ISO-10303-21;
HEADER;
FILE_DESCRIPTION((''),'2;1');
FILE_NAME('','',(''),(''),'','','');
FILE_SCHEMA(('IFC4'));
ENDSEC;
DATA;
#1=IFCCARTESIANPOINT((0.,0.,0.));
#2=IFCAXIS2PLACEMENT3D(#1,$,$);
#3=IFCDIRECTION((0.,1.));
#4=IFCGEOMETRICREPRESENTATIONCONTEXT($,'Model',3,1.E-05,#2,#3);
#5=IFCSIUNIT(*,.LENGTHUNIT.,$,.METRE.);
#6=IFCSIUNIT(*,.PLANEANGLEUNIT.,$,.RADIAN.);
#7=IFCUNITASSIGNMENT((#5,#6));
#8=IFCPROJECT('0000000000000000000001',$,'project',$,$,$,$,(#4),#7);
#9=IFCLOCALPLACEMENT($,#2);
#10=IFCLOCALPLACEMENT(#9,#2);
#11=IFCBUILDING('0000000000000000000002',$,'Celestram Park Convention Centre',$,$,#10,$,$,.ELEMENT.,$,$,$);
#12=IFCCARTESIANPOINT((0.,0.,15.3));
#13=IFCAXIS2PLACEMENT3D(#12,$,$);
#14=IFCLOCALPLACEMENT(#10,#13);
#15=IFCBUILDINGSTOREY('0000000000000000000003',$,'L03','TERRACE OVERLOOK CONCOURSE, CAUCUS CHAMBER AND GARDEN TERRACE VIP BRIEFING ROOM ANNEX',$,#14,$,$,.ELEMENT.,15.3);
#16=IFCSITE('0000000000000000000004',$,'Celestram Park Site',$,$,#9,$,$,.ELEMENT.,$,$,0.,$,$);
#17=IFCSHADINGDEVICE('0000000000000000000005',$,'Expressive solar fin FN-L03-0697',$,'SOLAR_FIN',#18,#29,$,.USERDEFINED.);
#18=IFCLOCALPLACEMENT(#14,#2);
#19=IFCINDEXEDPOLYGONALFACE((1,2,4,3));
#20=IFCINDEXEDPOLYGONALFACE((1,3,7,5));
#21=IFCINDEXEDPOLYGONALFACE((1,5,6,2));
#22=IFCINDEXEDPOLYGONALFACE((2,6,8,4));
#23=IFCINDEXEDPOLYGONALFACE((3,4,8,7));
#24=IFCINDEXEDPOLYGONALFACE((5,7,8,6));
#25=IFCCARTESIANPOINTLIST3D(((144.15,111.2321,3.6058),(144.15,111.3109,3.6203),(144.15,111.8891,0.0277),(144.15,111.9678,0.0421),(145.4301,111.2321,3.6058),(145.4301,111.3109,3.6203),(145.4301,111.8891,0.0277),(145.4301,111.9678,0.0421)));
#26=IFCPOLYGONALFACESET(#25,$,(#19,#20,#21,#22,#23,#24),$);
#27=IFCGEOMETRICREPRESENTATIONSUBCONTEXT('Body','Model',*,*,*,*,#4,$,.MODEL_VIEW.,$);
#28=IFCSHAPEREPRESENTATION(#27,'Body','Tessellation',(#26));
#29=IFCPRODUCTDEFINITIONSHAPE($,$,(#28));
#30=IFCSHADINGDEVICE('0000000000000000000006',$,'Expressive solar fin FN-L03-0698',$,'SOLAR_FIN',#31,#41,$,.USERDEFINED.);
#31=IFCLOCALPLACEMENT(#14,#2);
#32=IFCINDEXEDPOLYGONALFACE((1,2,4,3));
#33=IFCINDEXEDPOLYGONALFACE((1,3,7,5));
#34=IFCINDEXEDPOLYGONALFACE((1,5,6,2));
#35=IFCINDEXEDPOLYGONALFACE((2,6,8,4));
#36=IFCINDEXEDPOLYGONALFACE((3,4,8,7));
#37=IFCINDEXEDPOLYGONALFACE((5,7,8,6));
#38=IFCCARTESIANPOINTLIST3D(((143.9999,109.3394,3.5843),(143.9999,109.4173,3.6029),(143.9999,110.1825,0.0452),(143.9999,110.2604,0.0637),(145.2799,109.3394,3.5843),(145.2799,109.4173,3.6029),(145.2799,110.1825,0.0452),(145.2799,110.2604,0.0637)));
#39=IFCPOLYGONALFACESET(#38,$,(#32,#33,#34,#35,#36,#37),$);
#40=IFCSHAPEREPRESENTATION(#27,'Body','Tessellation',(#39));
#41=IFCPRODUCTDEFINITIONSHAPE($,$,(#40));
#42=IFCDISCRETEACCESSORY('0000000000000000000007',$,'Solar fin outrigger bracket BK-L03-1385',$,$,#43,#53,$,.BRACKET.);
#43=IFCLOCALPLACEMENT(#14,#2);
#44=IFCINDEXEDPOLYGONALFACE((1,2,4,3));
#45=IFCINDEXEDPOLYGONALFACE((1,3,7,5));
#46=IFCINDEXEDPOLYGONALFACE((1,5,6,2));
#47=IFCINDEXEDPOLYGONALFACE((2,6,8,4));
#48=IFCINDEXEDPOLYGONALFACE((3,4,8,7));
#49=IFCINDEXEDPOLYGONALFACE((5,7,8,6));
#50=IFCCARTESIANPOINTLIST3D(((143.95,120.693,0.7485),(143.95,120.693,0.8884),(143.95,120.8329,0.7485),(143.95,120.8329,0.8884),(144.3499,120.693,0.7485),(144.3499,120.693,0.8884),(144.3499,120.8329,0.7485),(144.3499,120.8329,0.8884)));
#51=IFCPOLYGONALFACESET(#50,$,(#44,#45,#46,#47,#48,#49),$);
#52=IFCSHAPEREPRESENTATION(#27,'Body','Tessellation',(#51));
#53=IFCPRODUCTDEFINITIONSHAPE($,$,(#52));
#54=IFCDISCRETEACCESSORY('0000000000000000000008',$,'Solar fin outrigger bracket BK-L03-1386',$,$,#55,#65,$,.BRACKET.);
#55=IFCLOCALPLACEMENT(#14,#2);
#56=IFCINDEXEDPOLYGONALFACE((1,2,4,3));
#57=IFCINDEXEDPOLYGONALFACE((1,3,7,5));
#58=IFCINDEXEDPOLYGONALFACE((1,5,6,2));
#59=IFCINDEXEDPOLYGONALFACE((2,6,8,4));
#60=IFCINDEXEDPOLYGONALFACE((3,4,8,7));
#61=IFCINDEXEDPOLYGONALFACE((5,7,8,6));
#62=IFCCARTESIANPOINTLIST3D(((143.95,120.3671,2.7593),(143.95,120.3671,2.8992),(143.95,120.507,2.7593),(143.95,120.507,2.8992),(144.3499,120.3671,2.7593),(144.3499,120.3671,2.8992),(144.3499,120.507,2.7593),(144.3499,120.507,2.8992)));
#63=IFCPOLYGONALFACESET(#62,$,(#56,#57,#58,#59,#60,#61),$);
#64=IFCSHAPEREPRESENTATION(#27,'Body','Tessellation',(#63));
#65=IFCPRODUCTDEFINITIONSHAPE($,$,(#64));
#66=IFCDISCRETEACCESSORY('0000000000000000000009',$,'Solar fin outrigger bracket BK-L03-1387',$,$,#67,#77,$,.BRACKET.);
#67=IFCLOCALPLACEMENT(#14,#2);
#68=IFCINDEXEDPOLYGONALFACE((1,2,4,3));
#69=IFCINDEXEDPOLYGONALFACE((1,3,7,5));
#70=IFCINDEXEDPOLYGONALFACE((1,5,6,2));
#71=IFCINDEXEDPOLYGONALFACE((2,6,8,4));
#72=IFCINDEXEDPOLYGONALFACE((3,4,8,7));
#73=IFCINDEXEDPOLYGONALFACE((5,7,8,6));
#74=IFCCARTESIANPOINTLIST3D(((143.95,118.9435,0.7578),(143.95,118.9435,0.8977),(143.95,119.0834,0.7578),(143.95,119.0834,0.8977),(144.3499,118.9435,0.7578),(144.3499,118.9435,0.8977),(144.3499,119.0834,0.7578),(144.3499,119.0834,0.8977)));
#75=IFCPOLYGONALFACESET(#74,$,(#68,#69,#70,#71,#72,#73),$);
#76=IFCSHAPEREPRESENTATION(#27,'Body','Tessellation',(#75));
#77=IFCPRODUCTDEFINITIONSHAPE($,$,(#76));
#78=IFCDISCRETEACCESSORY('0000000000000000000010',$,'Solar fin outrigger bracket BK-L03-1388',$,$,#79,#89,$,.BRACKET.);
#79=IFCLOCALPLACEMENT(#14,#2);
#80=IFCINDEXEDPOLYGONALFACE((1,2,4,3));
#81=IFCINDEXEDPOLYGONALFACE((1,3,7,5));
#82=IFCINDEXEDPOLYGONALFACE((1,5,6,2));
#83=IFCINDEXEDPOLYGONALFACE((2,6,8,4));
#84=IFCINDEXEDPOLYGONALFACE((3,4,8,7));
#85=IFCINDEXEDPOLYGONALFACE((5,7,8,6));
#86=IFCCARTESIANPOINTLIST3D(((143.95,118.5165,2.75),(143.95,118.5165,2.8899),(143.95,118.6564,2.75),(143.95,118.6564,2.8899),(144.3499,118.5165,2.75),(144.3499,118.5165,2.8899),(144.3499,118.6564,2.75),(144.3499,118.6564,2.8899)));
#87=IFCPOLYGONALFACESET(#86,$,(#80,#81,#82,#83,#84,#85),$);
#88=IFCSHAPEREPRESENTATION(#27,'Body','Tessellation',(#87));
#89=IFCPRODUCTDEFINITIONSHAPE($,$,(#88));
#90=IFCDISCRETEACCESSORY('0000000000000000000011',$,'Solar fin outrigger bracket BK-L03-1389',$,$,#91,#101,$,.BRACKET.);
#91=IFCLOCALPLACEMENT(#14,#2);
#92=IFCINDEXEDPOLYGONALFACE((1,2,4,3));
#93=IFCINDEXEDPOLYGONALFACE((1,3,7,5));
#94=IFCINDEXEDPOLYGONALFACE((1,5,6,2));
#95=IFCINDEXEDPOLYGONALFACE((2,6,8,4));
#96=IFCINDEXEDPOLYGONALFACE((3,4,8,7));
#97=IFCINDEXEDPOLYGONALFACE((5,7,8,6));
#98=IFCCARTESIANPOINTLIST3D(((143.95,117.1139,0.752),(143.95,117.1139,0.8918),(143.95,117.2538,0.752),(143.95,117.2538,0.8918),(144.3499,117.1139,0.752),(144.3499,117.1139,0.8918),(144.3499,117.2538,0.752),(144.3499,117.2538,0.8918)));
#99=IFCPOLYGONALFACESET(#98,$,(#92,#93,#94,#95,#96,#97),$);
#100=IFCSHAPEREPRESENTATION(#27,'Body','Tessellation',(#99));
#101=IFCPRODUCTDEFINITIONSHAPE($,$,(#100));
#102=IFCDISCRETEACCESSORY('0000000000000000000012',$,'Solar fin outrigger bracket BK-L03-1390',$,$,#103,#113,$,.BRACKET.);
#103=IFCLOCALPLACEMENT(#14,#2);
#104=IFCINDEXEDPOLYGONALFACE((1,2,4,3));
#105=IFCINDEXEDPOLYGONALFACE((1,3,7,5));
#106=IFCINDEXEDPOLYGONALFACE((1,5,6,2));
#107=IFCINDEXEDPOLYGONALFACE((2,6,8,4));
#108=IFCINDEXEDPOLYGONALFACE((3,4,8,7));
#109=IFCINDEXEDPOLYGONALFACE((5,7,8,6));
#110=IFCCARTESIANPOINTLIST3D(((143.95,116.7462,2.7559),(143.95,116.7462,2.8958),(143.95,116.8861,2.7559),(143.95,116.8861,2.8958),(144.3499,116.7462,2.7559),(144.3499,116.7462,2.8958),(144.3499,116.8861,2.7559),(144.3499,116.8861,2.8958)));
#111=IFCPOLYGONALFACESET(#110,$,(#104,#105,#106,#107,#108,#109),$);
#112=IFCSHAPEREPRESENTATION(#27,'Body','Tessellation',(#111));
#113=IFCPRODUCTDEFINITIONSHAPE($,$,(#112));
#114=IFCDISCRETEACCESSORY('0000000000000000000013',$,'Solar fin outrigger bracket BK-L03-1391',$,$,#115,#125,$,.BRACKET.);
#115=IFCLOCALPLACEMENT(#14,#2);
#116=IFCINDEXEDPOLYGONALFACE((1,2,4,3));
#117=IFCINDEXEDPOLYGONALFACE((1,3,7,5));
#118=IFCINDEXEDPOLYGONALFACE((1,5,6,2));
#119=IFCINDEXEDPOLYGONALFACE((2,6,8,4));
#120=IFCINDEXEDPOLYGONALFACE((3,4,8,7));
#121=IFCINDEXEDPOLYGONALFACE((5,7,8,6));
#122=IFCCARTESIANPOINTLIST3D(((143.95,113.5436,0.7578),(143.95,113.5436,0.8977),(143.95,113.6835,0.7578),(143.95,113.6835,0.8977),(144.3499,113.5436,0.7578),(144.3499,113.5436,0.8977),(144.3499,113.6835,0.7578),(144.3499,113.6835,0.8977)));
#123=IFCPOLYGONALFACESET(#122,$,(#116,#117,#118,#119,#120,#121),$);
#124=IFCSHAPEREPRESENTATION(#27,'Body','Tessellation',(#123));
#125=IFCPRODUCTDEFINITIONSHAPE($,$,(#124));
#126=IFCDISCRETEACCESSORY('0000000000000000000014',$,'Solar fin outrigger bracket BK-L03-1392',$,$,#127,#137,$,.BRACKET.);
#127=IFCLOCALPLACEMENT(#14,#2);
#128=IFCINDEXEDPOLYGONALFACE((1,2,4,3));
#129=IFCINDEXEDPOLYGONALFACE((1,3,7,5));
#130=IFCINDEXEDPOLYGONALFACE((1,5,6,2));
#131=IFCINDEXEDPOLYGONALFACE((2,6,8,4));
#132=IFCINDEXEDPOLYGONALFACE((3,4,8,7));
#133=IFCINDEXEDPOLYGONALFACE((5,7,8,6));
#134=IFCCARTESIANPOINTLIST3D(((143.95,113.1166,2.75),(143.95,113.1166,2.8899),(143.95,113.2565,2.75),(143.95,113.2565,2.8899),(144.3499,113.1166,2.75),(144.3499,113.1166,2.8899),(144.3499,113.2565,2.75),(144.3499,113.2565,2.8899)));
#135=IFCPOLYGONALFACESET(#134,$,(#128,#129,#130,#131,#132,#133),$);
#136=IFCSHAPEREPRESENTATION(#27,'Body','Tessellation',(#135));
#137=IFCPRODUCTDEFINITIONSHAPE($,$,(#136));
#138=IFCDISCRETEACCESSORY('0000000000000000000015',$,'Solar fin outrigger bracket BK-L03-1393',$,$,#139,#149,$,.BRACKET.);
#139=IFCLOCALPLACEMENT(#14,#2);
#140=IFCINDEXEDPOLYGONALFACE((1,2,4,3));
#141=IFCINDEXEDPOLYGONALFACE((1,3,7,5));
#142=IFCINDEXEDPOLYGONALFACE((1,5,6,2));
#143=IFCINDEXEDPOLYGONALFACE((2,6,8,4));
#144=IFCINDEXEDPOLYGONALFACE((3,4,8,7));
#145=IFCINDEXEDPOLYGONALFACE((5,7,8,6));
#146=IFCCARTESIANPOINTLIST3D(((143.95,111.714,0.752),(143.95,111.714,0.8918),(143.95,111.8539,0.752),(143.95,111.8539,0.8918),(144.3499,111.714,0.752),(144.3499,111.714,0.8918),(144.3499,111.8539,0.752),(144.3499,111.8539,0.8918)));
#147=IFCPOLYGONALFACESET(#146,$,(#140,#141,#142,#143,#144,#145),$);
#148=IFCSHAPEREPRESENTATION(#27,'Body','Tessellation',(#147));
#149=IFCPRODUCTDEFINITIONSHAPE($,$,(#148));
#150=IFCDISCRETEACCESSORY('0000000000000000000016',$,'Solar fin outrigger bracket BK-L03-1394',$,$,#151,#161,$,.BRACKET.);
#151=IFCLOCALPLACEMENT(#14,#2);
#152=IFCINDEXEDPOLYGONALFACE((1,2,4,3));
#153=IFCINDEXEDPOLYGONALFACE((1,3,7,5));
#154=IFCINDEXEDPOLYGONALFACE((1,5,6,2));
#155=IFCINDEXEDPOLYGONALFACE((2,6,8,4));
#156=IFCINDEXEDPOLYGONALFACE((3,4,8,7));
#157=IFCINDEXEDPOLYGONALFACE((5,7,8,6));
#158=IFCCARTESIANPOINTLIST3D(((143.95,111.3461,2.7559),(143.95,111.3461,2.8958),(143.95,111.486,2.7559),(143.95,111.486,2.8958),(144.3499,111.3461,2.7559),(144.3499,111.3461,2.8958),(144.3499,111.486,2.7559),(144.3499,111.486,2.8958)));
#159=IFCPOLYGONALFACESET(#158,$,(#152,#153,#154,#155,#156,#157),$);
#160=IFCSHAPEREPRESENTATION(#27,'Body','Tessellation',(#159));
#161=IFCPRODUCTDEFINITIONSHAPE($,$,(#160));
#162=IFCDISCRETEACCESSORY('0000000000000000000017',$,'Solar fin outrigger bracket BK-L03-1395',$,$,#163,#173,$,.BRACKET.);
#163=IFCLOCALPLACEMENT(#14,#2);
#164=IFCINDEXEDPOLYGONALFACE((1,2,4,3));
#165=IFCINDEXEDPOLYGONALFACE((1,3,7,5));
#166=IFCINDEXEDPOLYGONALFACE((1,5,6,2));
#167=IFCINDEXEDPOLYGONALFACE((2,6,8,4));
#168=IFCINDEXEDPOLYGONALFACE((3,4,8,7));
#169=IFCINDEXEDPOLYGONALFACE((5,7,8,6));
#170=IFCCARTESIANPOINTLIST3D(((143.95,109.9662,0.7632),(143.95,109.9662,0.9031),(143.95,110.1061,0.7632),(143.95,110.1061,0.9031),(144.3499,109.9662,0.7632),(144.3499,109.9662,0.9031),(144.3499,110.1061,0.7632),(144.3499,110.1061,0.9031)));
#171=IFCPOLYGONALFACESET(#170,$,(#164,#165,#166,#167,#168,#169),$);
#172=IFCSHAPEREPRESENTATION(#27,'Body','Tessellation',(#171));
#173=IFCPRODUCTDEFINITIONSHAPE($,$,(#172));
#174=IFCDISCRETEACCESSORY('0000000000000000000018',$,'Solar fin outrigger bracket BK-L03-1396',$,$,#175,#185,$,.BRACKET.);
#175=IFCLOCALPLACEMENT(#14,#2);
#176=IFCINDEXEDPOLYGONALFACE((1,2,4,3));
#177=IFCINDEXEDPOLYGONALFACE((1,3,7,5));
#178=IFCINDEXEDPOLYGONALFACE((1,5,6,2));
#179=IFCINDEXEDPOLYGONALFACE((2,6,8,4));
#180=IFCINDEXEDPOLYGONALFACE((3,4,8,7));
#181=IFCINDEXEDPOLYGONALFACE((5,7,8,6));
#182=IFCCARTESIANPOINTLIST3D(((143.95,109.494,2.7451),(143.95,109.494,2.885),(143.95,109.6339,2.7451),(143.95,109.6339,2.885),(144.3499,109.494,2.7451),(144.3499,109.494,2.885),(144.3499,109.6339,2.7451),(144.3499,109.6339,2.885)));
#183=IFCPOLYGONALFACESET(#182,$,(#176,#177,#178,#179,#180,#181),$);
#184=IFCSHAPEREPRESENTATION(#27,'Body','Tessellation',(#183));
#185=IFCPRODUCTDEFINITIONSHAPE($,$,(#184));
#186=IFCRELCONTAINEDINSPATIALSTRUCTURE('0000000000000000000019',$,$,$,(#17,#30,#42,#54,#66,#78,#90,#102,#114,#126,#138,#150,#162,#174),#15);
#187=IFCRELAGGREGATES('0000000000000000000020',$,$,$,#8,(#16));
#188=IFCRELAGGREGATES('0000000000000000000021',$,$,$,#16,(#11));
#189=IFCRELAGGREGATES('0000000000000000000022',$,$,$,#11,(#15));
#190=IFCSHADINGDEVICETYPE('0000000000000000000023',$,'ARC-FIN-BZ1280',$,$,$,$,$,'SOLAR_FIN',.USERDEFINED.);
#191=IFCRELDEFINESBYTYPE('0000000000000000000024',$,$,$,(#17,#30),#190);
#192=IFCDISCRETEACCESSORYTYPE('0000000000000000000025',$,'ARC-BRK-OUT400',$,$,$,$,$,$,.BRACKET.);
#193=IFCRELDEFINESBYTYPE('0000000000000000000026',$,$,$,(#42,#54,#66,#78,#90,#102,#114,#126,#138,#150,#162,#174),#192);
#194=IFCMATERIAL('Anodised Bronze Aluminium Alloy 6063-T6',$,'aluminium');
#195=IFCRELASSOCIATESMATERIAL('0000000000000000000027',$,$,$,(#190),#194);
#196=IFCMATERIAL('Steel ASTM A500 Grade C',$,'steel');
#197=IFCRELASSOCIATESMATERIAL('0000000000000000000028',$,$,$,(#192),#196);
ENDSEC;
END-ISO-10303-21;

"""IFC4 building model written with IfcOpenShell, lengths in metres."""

from ifc_helpers import new_model, si_unit, direction, frame, origin, origin_2d, place, context, subcontext, project, spatial, rectangle, extrude, material, material_profile, profile_set, type_object, element, save


model = new_model("IFC4")

# Units and contexts
model_context = context("Model", 3, precision=1e-05, world=origin(), true_north=direction((0.0, 1.0)))
body_context = subcontext(model_context, "Body", "Model", "MODEL_VIEW")
ifc_project = project(units=[si_unit("LENGTHUNIT", "METRE"), si_unit("PLANEANGLEUNIT", "RADIAN")], contexts=[model_context])

# Site, building, storey
site_placement = place(None, origin())
site = spatial("IfcSite", under=ifc_project, at=site_placement, Name="Celestram Park Site", CompositionType="ELEMENT", RefElevation=0.0)
building_placement = place(site_placement, origin())
building = spatial("IfcBuilding", under=site, at=building_placement, Name="Celestram Park Convention Centre", CompositionType="ELEMENT")
storey_placement = place(building_placement, frame((0.0, 0.0, 15.3)))
storey = spatial("IfcBuildingStorey", under=building, at=storey_placement, Name="L03", Description="TERRACE OVERLOOK CONCOURSE, CAUCUS CHAMBER AND GARDEN TERRACE VIP BRIEFING ROOM ANNEX", CompositionType="ELEMENT", Elevation=15.3)

# Shared definitions
ifc_material_1 = material(Name="Steel ASTM A500 Grade C", Category="steel")

# Shading devices
ifc_material_2 = material(Name="Anodised Bronze Aluminium Alloy 6063-T6", Category="aluminium")
ifc_material_profile_1 = material_profile(ifc_material_2, rectangle(XDim=1.28, YDim=0.0801, at=origin_2d()), Name="FIN1280X80")
ifc_profile_set_1 = profile_set([ifc_material_profile_1], Name="Anodised Bronze Aluminium Alloy 6063-T6")
shading_device_type = type_object("IfcShadingDeviceType", Name="ARC-FIN-BZ1280", ElementType="SOLAR_FIN", PredefinedType="USERDEFINED", material=ifc_profile_set_1)
for number, where, z_axis, x_axis, name in (
    (1, (144.79, 111.9285, 0.0349), (0.0, -0.180592, 0.983558), (1.0, 0.0, 0.0), "Expressive solar fin FN-L03-0697"),
):
    element("IfcShadingDevice", number, at=place(storey_placement, frame(where, z_axis=z_axis, x_axis=x_axis)), inside=storey, type_object=shading_device_type, Name=name, ObjectType="SOLAR_FIN", PredefinedType="USERDEFINED", context=body_context, shape_type="SweptSolid", body=[
        extrude(rectangle(XDim=1.28, YDim=0.0801, at=origin_2d()), origin(), (0.0, 0.0, 1.0), 3.6379),
    ])
shading_device_1_placement = place(storey_placement, frame((144.6399, 110.2214, 0.0544), z_axis=(0.0, -0.23172, 0.972782), x_axis=(1.0, 0.0, 0.0)))
element("IfcShadingDevice", 2, at=shading_device_1_placement, inside=storey, type_object=shading_device_type, Name="Expressive solar fin FN-L03-0698", ObjectType="SOLAR_FIN", PredefinedType="USERDEFINED", context=body_context, shape_type="SweptSolid", body=[
    extrude(rectangle(XDim=1.28, YDim=0.0801, at=origin_2d()), origin(), (0.0, 0.0, 1.0), 3.6382),
])

# Discrete accessories
discrete_accessory_type = type_object("IfcDiscreteAccessoryType", Name="ARC-BRK-OUT400", PredefinedType="BRACKET", material=ifc_material_1)
for number, where, z_axis, x_axis, name in (
    (3, (144.1499, 120.7629, 0.7485), (0.0, 0.0, 1.0), (1.0, 0.0, 0.0), "Solar fin outrigger bracket BK-L03-1385"),
    (4, (144.1499, 120.437, 2.7593), (0.0, 0.0, 1.0), (1.0, 0.0, 0.0), "Solar fin outrigger bracket BK-L03-1386"),
    (5, (144.1499, 119.0134, 0.7578), (0.0, 0.0, 1.0), (1.0, 0.0, 0.0), "Solar fin outrigger bracket BK-L03-1387"),
    (6, (144.1499, 118.5864, 2.75), (0.0, 0.0, 1.0), (1.0, 0.0, 0.0), "Solar fin outrigger bracket BK-L03-1388"),
    (7, (144.1499, 117.1838, 0.752), (0.0, 0.0, 1.0), (1.0, 0.0, 0.0), "Solar fin outrigger bracket BK-L03-1389"),
    (8, (144.1499, 116.8162, 2.7559), (0.0, 0.0, 1.0), (1.0, 0.0, 0.0), "Solar fin outrigger bracket BK-L03-1390"),
    (9, (144.1499, 113.6135, 0.7578), (0.0, 0.0, 1.0), (1.0, 0.0, 0.0), "Solar fin outrigger bracket BK-L03-1391"),
    (10, (144.1499, 113.1865, 2.75), (0.0, 0.0, 1.0), (1.0, 0.0, 0.0), "Solar fin outrigger bracket BK-L03-1392"),
    (11, (144.1499, 111.7839, 0.752), (0.0, 0.0, 1.0), (1.0, 0.0, 0.0), "Solar fin outrigger bracket BK-L03-1393"),
    (12, (144.1499, 111.416, 2.7559), (0.0, 0.0, 1.0), (1.0, 0.0, 0.0), "Solar fin outrigger bracket BK-L03-1394"),
    (13, (144.1499, 110.0361, 0.7632), (0.0, 0.0, 1.0), (1.0, 0.0, 0.0), "Solar fin outrigger bracket BK-L03-1395"),
    (14, (144.1499, 109.564, 2.7451), (0.0, 0.0, 1.0), (1.0, 0.0, 0.0), "Solar fin outrigger bracket BK-L03-1396"),
):
    element("IfcDiscreteAccessory", number, at=place(storey_placement, frame(where, z_axis=z_axis, x_axis=x_axis)), inside=storey, type_object=discrete_accessory_type, Name=name, PredefinedType="BRACKET", context=body_context, shape_type="SweptSolid", body=[
        extrude(rectangle(XDim=0.3999, YDim=0.1399, at=origin_2d()), origin(), (0.0, 0.0, 1.0), 0.1399),
    ])

save(model, "model.ifc")
